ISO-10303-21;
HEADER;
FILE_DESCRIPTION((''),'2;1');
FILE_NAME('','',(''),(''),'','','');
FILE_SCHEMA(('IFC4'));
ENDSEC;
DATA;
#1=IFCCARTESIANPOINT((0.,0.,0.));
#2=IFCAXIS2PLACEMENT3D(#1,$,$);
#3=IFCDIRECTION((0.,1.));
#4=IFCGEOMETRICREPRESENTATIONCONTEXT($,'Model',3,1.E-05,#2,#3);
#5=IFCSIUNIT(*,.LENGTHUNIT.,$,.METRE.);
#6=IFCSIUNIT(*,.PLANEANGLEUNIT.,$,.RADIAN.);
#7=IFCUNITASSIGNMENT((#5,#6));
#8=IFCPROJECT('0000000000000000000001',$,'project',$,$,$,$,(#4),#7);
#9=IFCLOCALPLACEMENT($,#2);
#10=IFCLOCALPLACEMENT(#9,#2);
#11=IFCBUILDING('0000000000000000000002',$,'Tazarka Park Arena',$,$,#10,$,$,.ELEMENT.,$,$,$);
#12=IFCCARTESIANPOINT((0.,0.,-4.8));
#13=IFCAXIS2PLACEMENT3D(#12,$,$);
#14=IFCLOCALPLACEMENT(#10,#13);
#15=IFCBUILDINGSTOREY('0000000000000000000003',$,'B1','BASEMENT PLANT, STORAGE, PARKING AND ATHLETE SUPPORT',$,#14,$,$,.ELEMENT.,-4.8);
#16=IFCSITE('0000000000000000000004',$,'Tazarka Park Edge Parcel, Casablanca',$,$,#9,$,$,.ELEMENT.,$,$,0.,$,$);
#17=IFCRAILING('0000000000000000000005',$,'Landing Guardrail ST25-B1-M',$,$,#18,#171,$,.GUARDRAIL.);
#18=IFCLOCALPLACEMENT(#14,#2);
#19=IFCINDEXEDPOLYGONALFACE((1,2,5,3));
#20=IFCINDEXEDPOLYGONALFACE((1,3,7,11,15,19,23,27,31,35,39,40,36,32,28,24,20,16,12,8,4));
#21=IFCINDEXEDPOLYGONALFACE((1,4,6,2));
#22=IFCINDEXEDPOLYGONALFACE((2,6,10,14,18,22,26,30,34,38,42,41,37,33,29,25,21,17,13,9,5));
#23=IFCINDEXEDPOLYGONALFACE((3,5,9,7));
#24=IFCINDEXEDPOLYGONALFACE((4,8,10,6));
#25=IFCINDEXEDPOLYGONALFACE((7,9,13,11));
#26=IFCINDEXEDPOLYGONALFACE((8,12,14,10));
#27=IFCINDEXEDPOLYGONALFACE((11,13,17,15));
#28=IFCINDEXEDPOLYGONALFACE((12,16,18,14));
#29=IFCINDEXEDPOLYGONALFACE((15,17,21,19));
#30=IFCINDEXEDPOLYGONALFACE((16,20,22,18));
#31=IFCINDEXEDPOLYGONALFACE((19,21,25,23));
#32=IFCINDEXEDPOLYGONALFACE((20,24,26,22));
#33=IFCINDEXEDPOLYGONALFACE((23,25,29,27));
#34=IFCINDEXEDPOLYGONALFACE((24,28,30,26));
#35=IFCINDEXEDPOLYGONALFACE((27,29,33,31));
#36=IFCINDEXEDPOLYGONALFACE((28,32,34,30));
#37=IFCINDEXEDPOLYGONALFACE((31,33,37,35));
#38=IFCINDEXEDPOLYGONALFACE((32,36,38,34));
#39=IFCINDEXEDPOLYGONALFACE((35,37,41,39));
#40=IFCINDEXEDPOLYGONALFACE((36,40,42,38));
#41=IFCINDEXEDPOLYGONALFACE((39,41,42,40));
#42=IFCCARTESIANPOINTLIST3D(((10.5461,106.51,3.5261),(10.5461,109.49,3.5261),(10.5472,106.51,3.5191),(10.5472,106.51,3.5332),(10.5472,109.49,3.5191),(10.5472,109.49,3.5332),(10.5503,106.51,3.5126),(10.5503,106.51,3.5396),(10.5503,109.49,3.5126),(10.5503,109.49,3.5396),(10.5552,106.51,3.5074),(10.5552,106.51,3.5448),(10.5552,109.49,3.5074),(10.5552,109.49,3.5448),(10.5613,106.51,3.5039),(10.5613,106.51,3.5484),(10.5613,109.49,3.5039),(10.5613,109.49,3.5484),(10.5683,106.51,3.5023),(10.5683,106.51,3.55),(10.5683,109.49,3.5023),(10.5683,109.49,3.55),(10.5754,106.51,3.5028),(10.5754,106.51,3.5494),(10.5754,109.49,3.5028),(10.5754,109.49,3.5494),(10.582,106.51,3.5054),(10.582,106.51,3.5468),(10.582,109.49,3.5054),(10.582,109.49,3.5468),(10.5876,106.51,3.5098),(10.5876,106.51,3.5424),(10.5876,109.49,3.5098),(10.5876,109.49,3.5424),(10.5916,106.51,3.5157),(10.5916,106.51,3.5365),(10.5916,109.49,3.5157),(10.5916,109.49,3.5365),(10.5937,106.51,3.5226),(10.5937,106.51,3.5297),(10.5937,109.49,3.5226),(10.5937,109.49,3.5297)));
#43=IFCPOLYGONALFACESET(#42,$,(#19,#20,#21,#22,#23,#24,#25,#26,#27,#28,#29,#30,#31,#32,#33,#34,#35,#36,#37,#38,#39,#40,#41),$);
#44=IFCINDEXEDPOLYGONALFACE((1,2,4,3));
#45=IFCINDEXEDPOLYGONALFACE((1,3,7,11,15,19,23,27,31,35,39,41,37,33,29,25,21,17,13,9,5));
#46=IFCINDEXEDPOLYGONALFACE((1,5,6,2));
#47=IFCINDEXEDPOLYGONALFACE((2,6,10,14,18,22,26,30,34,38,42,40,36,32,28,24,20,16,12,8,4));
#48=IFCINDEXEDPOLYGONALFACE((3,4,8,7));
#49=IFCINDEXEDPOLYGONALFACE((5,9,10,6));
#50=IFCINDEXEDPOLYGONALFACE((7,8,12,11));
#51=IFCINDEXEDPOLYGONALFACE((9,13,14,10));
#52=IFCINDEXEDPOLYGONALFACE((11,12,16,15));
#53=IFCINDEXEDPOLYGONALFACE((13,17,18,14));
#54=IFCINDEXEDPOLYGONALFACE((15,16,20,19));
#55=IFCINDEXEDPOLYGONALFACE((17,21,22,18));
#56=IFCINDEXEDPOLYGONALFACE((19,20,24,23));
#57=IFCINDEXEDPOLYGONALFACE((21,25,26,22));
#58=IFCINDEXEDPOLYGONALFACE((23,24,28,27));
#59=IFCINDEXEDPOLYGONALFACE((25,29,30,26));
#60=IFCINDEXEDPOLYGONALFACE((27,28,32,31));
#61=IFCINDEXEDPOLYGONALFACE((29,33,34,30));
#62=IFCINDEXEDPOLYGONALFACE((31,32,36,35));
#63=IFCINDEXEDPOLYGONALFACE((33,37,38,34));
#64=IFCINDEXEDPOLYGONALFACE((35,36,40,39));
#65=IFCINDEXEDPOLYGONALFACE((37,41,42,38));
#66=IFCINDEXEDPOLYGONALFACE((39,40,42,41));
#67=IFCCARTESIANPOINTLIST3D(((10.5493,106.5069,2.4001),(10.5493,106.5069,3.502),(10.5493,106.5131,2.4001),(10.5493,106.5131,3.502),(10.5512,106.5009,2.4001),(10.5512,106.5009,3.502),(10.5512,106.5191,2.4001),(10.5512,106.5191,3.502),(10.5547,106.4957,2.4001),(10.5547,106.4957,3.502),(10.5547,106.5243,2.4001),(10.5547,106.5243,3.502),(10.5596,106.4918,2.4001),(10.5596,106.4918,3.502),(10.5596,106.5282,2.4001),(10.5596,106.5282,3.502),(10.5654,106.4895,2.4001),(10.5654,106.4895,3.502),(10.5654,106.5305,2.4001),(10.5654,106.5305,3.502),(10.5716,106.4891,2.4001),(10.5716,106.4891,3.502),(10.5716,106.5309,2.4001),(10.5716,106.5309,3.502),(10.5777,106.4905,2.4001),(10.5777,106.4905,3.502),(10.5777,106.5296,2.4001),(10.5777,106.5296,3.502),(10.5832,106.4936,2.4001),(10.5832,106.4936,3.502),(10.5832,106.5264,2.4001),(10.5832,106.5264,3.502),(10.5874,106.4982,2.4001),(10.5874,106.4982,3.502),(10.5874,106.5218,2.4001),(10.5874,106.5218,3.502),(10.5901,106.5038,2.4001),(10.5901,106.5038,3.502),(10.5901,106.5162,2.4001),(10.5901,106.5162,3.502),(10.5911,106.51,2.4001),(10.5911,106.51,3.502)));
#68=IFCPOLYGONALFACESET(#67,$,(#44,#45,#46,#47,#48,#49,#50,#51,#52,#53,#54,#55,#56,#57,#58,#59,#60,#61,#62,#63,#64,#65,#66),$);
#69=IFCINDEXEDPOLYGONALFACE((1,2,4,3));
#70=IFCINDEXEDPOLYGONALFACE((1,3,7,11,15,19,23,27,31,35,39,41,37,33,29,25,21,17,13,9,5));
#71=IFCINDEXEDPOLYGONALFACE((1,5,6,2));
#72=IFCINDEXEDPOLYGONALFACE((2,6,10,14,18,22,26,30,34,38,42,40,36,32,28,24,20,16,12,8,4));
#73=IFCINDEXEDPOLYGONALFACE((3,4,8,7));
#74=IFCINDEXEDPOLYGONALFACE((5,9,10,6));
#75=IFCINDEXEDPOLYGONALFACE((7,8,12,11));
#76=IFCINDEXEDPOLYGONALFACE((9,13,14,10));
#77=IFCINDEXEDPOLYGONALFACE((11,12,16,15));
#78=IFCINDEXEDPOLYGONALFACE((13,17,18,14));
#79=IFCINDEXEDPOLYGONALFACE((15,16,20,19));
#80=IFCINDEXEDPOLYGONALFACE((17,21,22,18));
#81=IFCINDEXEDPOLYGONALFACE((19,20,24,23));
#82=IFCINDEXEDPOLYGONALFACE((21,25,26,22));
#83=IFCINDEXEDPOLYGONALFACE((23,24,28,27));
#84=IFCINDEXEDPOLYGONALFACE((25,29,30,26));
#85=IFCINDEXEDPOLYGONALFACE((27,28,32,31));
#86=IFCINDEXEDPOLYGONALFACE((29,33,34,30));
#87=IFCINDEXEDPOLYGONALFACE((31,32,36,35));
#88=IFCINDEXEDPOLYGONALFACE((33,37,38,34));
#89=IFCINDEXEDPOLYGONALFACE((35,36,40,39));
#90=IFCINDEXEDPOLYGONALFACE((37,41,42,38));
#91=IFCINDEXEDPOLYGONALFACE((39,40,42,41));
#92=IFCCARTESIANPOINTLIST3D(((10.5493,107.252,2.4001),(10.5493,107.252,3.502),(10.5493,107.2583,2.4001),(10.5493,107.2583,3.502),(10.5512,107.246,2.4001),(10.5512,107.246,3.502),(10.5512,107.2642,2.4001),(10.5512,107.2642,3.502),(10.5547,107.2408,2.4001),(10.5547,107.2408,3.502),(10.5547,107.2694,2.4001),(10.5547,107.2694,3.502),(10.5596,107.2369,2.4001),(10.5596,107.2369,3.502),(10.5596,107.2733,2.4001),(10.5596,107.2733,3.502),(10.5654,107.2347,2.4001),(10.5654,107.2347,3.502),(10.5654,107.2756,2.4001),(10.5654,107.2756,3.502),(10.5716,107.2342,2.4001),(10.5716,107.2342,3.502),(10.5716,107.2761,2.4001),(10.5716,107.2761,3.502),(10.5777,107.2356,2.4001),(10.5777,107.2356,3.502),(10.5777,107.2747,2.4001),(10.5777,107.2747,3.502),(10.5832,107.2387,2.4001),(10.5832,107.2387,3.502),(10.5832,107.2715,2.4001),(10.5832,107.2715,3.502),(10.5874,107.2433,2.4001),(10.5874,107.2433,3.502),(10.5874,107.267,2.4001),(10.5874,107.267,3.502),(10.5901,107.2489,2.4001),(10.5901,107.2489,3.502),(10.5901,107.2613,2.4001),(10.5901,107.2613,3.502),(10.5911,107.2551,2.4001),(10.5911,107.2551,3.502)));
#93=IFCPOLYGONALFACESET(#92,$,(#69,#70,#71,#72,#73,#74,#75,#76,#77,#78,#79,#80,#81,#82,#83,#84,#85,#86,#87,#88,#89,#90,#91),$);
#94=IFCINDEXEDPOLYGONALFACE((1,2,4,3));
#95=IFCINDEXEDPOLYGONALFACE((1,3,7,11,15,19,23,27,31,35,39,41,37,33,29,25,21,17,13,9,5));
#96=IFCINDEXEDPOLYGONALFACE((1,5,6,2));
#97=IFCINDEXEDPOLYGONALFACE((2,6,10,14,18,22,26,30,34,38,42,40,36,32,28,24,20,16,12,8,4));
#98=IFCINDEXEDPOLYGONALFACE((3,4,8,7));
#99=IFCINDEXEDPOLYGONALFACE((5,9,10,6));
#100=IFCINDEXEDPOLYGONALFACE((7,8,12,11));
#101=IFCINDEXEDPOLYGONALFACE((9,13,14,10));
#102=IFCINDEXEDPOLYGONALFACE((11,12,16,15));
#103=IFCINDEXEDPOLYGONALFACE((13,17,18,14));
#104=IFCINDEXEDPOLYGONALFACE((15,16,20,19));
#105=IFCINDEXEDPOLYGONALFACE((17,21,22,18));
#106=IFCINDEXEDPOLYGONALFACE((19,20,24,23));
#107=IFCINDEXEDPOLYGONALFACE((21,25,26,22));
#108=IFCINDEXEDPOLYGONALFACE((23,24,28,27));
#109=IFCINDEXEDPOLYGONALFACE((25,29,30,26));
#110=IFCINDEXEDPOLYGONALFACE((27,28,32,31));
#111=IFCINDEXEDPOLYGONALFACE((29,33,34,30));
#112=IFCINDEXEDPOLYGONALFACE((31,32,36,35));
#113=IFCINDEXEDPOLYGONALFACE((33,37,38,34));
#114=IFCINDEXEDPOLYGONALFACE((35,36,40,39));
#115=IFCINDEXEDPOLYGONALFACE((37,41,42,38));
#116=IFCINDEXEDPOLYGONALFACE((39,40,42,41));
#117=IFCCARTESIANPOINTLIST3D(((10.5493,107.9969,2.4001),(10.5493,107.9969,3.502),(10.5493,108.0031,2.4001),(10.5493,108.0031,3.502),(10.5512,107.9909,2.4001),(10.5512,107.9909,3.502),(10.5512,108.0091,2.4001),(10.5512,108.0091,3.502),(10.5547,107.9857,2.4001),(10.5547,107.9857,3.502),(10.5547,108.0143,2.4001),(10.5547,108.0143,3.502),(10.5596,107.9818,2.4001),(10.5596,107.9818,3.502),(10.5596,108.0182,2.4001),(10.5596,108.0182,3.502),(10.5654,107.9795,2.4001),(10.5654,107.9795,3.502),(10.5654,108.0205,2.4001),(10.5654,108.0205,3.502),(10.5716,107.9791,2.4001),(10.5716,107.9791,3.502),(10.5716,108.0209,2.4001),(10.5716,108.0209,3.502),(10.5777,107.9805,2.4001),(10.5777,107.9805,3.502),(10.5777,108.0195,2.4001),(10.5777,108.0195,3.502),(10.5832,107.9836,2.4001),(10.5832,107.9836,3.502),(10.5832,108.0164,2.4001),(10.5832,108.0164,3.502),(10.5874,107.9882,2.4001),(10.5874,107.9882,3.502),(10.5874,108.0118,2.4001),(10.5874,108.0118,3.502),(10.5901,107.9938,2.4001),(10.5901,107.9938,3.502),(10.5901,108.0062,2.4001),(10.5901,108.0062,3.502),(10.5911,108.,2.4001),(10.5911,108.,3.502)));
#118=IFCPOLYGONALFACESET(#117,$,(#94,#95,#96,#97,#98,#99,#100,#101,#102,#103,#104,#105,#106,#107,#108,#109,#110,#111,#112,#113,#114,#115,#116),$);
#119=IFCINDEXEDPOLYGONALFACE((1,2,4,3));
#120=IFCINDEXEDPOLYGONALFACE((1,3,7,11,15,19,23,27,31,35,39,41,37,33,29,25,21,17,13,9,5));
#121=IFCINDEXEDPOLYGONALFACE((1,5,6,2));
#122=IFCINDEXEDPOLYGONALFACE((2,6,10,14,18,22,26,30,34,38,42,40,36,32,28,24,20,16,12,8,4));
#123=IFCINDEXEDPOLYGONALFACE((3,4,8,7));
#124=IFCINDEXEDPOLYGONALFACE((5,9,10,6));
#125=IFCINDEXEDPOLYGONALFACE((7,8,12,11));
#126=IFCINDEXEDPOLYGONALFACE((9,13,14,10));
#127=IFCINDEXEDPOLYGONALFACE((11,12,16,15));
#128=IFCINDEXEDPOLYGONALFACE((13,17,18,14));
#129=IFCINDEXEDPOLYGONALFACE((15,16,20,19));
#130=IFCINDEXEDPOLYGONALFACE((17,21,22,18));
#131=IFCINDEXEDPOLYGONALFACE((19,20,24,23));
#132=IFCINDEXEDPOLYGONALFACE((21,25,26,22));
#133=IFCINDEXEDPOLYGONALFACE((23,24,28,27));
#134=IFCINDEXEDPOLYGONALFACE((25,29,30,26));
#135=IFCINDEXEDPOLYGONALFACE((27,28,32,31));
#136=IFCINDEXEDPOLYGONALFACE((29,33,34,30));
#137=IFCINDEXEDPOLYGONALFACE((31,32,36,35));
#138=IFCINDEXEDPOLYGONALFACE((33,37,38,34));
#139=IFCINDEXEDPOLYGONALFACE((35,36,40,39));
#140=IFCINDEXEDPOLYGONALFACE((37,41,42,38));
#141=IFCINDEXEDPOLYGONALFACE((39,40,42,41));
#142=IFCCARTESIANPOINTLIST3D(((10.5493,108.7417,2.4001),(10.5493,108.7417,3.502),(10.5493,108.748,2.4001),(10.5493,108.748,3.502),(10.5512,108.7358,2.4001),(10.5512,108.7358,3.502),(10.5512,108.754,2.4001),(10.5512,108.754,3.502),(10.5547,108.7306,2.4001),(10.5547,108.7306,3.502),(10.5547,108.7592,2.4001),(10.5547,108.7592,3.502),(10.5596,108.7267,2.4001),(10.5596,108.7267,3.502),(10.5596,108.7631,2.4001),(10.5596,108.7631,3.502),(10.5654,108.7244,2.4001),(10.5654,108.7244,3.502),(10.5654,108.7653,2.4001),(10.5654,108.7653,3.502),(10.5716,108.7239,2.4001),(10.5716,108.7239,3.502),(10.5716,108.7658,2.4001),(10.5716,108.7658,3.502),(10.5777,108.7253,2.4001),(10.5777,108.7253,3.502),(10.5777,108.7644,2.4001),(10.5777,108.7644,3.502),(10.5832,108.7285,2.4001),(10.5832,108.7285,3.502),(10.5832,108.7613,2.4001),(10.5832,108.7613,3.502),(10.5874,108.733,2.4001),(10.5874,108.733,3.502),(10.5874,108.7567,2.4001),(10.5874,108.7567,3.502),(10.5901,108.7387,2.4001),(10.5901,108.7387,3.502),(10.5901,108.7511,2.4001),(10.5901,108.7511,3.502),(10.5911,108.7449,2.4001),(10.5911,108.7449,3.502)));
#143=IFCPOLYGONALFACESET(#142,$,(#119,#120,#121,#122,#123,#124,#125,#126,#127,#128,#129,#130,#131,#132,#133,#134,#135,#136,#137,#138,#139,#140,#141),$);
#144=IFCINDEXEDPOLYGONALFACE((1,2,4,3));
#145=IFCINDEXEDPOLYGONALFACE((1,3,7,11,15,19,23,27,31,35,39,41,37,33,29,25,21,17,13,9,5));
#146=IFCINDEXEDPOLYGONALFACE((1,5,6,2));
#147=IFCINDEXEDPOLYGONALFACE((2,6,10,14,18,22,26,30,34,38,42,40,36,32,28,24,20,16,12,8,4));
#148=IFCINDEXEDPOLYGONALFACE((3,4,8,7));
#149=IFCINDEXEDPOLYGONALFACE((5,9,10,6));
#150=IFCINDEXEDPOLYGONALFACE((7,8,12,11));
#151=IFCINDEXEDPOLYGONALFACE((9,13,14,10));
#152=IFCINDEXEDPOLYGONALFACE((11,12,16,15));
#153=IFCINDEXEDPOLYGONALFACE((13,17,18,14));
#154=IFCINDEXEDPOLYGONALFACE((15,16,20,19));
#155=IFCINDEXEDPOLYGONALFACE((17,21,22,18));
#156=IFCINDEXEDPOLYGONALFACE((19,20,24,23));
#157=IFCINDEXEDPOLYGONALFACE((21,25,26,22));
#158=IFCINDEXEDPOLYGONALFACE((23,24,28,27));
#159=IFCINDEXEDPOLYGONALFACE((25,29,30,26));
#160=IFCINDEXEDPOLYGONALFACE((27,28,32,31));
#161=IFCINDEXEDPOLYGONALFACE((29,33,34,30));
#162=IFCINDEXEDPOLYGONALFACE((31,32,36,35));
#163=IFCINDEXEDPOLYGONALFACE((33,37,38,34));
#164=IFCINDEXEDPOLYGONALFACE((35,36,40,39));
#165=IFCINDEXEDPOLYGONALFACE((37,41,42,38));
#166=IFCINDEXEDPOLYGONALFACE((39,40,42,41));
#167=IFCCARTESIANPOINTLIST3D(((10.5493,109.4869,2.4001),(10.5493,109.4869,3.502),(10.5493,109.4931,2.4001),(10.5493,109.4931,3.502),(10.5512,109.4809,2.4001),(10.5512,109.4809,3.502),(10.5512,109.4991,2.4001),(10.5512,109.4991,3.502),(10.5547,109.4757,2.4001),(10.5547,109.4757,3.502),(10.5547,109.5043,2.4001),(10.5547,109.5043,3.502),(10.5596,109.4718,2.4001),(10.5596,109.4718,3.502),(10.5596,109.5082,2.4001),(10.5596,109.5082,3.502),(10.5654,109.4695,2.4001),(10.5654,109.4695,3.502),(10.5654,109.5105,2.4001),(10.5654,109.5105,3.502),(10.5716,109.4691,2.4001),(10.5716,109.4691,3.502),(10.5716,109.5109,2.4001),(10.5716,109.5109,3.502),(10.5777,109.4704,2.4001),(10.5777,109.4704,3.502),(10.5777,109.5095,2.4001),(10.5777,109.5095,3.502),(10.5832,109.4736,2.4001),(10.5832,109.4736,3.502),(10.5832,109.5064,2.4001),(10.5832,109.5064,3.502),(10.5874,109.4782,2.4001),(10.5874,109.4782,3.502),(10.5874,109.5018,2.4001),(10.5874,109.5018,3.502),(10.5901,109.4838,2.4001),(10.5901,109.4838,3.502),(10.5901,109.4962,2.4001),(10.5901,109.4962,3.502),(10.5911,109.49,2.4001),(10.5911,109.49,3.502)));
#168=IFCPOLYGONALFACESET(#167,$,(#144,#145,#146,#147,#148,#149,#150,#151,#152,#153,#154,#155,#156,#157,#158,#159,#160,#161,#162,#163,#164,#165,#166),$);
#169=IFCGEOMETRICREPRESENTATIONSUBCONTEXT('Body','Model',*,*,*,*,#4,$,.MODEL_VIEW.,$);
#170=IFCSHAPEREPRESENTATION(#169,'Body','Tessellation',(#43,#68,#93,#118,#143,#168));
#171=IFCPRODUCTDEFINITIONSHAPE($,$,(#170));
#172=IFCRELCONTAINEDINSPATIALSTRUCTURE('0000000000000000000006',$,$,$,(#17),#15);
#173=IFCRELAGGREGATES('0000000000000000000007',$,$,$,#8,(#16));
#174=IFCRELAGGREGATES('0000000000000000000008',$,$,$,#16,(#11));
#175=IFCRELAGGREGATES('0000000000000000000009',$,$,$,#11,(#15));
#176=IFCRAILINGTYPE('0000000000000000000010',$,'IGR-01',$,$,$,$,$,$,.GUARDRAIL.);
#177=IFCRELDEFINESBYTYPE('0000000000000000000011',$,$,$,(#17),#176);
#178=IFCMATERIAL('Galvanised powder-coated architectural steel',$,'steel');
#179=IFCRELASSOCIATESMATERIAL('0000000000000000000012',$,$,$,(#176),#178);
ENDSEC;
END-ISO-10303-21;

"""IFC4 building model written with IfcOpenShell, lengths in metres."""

from ifc_helpers import new_model, si_unit, direction, frame, origin, origin_2d, place, context, subcontext, project, spatial, circle, extrude, material, type_object, element, save


model = new_model("IFC4")

# Units and contexts
model_context = context("Model", 3, precision=1e-05, world=origin(), true_north=direction((0.0, 1.0)))
body_context = subcontext(model_context, "Body", "Model", "MODEL_VIEW")
ifc_project = project(units=[si_unit("LENGTHUNIT", "METRE"), si_unit("PLANEANGLEUNIT", "RADIAN")], contexts=[model_context])

# Site, building, storey
site_placement = place(None, origin())
site = spatial("IfcSite", under=ifc_project, at=site_placement, Name="Tazarka Park Edge Parcel, Casablanca", CompositionType="ELEMENT", RefElevation=0.0)
building_placement = place(site_placement, origin())
building = spatial("IfcBuilding", under=site, at=building_placement, Name="Tazarka Park Arena", CompositionType="ELEMENT")
storey_placement = place(building_placement, frame((0.0, 0.0, -4.8)))
storey = spatial("IfcBuildingStorey", under=building, at=storey_placement, Name="B1", Description="BASEMENT PLANT, STORAGE, PARKING AND ATHLETE SUPPORT", CompositionType="ELEMENT", Elevation=-4.8)

# Railing
ifc_material_1 = material(Name="Galvanised powder-coated architectural steel", Category="steel")
railing_type_1 = type_object("IfcRailingType", Name="IGR-01", PredefinedType="GUARDRAIL", material=ifc_material_1)
railing_1_placement = place(storey_placement, frame((10.5701, 106.51, 2.4001)))
element("IfcRailing", 1, at=railing_1_placement, inside=storey, type_object=railing_type_1, Name="Landing Guardrail ST25-B1-M", PredefinedType="GUARDRAIL", context=body_context, shape_type="SweptSolid", body=[
    extrude(circle(Radius=0.0239, at=origin_2d()), frame((0.0, 0.0, 1.126), z_axis=(0.0, 1.0, 0.0), x_axis=(-1.0, 0.0, 0.0)), (0.0, 0.0, 1.0), 2.98),
    extrude(circle(Radius=0.021, at=origin_2d()), origin(), (0.0, 0.0, 1.0), 1.1018),
    extrude(circle(Radius=0.021, at=origin_2d()), frame((0.0, 0.7451, 0.0)), (0.0, 0.0, 1.0), 1.1018),
    extrude(circle(Radius=0.021, at=origin_2d()), frame((0.0, 1.49, 0.0)), (0.0, 0.0, 1.0), 1.1018),
    extrude(circle(Radius=0.021, at=origin_2d()), frame((0.0, 2.2349, 0.0)), (0.0, 0.0, 1.0), 1.1018),
    extrude(circle(Radius=0.021, at=origin_2d()), frame((0.0, 2.98, 0.0)), (0.0, 0.0, 1.0), 1.1018),
])

save(model, "model.ifc")
